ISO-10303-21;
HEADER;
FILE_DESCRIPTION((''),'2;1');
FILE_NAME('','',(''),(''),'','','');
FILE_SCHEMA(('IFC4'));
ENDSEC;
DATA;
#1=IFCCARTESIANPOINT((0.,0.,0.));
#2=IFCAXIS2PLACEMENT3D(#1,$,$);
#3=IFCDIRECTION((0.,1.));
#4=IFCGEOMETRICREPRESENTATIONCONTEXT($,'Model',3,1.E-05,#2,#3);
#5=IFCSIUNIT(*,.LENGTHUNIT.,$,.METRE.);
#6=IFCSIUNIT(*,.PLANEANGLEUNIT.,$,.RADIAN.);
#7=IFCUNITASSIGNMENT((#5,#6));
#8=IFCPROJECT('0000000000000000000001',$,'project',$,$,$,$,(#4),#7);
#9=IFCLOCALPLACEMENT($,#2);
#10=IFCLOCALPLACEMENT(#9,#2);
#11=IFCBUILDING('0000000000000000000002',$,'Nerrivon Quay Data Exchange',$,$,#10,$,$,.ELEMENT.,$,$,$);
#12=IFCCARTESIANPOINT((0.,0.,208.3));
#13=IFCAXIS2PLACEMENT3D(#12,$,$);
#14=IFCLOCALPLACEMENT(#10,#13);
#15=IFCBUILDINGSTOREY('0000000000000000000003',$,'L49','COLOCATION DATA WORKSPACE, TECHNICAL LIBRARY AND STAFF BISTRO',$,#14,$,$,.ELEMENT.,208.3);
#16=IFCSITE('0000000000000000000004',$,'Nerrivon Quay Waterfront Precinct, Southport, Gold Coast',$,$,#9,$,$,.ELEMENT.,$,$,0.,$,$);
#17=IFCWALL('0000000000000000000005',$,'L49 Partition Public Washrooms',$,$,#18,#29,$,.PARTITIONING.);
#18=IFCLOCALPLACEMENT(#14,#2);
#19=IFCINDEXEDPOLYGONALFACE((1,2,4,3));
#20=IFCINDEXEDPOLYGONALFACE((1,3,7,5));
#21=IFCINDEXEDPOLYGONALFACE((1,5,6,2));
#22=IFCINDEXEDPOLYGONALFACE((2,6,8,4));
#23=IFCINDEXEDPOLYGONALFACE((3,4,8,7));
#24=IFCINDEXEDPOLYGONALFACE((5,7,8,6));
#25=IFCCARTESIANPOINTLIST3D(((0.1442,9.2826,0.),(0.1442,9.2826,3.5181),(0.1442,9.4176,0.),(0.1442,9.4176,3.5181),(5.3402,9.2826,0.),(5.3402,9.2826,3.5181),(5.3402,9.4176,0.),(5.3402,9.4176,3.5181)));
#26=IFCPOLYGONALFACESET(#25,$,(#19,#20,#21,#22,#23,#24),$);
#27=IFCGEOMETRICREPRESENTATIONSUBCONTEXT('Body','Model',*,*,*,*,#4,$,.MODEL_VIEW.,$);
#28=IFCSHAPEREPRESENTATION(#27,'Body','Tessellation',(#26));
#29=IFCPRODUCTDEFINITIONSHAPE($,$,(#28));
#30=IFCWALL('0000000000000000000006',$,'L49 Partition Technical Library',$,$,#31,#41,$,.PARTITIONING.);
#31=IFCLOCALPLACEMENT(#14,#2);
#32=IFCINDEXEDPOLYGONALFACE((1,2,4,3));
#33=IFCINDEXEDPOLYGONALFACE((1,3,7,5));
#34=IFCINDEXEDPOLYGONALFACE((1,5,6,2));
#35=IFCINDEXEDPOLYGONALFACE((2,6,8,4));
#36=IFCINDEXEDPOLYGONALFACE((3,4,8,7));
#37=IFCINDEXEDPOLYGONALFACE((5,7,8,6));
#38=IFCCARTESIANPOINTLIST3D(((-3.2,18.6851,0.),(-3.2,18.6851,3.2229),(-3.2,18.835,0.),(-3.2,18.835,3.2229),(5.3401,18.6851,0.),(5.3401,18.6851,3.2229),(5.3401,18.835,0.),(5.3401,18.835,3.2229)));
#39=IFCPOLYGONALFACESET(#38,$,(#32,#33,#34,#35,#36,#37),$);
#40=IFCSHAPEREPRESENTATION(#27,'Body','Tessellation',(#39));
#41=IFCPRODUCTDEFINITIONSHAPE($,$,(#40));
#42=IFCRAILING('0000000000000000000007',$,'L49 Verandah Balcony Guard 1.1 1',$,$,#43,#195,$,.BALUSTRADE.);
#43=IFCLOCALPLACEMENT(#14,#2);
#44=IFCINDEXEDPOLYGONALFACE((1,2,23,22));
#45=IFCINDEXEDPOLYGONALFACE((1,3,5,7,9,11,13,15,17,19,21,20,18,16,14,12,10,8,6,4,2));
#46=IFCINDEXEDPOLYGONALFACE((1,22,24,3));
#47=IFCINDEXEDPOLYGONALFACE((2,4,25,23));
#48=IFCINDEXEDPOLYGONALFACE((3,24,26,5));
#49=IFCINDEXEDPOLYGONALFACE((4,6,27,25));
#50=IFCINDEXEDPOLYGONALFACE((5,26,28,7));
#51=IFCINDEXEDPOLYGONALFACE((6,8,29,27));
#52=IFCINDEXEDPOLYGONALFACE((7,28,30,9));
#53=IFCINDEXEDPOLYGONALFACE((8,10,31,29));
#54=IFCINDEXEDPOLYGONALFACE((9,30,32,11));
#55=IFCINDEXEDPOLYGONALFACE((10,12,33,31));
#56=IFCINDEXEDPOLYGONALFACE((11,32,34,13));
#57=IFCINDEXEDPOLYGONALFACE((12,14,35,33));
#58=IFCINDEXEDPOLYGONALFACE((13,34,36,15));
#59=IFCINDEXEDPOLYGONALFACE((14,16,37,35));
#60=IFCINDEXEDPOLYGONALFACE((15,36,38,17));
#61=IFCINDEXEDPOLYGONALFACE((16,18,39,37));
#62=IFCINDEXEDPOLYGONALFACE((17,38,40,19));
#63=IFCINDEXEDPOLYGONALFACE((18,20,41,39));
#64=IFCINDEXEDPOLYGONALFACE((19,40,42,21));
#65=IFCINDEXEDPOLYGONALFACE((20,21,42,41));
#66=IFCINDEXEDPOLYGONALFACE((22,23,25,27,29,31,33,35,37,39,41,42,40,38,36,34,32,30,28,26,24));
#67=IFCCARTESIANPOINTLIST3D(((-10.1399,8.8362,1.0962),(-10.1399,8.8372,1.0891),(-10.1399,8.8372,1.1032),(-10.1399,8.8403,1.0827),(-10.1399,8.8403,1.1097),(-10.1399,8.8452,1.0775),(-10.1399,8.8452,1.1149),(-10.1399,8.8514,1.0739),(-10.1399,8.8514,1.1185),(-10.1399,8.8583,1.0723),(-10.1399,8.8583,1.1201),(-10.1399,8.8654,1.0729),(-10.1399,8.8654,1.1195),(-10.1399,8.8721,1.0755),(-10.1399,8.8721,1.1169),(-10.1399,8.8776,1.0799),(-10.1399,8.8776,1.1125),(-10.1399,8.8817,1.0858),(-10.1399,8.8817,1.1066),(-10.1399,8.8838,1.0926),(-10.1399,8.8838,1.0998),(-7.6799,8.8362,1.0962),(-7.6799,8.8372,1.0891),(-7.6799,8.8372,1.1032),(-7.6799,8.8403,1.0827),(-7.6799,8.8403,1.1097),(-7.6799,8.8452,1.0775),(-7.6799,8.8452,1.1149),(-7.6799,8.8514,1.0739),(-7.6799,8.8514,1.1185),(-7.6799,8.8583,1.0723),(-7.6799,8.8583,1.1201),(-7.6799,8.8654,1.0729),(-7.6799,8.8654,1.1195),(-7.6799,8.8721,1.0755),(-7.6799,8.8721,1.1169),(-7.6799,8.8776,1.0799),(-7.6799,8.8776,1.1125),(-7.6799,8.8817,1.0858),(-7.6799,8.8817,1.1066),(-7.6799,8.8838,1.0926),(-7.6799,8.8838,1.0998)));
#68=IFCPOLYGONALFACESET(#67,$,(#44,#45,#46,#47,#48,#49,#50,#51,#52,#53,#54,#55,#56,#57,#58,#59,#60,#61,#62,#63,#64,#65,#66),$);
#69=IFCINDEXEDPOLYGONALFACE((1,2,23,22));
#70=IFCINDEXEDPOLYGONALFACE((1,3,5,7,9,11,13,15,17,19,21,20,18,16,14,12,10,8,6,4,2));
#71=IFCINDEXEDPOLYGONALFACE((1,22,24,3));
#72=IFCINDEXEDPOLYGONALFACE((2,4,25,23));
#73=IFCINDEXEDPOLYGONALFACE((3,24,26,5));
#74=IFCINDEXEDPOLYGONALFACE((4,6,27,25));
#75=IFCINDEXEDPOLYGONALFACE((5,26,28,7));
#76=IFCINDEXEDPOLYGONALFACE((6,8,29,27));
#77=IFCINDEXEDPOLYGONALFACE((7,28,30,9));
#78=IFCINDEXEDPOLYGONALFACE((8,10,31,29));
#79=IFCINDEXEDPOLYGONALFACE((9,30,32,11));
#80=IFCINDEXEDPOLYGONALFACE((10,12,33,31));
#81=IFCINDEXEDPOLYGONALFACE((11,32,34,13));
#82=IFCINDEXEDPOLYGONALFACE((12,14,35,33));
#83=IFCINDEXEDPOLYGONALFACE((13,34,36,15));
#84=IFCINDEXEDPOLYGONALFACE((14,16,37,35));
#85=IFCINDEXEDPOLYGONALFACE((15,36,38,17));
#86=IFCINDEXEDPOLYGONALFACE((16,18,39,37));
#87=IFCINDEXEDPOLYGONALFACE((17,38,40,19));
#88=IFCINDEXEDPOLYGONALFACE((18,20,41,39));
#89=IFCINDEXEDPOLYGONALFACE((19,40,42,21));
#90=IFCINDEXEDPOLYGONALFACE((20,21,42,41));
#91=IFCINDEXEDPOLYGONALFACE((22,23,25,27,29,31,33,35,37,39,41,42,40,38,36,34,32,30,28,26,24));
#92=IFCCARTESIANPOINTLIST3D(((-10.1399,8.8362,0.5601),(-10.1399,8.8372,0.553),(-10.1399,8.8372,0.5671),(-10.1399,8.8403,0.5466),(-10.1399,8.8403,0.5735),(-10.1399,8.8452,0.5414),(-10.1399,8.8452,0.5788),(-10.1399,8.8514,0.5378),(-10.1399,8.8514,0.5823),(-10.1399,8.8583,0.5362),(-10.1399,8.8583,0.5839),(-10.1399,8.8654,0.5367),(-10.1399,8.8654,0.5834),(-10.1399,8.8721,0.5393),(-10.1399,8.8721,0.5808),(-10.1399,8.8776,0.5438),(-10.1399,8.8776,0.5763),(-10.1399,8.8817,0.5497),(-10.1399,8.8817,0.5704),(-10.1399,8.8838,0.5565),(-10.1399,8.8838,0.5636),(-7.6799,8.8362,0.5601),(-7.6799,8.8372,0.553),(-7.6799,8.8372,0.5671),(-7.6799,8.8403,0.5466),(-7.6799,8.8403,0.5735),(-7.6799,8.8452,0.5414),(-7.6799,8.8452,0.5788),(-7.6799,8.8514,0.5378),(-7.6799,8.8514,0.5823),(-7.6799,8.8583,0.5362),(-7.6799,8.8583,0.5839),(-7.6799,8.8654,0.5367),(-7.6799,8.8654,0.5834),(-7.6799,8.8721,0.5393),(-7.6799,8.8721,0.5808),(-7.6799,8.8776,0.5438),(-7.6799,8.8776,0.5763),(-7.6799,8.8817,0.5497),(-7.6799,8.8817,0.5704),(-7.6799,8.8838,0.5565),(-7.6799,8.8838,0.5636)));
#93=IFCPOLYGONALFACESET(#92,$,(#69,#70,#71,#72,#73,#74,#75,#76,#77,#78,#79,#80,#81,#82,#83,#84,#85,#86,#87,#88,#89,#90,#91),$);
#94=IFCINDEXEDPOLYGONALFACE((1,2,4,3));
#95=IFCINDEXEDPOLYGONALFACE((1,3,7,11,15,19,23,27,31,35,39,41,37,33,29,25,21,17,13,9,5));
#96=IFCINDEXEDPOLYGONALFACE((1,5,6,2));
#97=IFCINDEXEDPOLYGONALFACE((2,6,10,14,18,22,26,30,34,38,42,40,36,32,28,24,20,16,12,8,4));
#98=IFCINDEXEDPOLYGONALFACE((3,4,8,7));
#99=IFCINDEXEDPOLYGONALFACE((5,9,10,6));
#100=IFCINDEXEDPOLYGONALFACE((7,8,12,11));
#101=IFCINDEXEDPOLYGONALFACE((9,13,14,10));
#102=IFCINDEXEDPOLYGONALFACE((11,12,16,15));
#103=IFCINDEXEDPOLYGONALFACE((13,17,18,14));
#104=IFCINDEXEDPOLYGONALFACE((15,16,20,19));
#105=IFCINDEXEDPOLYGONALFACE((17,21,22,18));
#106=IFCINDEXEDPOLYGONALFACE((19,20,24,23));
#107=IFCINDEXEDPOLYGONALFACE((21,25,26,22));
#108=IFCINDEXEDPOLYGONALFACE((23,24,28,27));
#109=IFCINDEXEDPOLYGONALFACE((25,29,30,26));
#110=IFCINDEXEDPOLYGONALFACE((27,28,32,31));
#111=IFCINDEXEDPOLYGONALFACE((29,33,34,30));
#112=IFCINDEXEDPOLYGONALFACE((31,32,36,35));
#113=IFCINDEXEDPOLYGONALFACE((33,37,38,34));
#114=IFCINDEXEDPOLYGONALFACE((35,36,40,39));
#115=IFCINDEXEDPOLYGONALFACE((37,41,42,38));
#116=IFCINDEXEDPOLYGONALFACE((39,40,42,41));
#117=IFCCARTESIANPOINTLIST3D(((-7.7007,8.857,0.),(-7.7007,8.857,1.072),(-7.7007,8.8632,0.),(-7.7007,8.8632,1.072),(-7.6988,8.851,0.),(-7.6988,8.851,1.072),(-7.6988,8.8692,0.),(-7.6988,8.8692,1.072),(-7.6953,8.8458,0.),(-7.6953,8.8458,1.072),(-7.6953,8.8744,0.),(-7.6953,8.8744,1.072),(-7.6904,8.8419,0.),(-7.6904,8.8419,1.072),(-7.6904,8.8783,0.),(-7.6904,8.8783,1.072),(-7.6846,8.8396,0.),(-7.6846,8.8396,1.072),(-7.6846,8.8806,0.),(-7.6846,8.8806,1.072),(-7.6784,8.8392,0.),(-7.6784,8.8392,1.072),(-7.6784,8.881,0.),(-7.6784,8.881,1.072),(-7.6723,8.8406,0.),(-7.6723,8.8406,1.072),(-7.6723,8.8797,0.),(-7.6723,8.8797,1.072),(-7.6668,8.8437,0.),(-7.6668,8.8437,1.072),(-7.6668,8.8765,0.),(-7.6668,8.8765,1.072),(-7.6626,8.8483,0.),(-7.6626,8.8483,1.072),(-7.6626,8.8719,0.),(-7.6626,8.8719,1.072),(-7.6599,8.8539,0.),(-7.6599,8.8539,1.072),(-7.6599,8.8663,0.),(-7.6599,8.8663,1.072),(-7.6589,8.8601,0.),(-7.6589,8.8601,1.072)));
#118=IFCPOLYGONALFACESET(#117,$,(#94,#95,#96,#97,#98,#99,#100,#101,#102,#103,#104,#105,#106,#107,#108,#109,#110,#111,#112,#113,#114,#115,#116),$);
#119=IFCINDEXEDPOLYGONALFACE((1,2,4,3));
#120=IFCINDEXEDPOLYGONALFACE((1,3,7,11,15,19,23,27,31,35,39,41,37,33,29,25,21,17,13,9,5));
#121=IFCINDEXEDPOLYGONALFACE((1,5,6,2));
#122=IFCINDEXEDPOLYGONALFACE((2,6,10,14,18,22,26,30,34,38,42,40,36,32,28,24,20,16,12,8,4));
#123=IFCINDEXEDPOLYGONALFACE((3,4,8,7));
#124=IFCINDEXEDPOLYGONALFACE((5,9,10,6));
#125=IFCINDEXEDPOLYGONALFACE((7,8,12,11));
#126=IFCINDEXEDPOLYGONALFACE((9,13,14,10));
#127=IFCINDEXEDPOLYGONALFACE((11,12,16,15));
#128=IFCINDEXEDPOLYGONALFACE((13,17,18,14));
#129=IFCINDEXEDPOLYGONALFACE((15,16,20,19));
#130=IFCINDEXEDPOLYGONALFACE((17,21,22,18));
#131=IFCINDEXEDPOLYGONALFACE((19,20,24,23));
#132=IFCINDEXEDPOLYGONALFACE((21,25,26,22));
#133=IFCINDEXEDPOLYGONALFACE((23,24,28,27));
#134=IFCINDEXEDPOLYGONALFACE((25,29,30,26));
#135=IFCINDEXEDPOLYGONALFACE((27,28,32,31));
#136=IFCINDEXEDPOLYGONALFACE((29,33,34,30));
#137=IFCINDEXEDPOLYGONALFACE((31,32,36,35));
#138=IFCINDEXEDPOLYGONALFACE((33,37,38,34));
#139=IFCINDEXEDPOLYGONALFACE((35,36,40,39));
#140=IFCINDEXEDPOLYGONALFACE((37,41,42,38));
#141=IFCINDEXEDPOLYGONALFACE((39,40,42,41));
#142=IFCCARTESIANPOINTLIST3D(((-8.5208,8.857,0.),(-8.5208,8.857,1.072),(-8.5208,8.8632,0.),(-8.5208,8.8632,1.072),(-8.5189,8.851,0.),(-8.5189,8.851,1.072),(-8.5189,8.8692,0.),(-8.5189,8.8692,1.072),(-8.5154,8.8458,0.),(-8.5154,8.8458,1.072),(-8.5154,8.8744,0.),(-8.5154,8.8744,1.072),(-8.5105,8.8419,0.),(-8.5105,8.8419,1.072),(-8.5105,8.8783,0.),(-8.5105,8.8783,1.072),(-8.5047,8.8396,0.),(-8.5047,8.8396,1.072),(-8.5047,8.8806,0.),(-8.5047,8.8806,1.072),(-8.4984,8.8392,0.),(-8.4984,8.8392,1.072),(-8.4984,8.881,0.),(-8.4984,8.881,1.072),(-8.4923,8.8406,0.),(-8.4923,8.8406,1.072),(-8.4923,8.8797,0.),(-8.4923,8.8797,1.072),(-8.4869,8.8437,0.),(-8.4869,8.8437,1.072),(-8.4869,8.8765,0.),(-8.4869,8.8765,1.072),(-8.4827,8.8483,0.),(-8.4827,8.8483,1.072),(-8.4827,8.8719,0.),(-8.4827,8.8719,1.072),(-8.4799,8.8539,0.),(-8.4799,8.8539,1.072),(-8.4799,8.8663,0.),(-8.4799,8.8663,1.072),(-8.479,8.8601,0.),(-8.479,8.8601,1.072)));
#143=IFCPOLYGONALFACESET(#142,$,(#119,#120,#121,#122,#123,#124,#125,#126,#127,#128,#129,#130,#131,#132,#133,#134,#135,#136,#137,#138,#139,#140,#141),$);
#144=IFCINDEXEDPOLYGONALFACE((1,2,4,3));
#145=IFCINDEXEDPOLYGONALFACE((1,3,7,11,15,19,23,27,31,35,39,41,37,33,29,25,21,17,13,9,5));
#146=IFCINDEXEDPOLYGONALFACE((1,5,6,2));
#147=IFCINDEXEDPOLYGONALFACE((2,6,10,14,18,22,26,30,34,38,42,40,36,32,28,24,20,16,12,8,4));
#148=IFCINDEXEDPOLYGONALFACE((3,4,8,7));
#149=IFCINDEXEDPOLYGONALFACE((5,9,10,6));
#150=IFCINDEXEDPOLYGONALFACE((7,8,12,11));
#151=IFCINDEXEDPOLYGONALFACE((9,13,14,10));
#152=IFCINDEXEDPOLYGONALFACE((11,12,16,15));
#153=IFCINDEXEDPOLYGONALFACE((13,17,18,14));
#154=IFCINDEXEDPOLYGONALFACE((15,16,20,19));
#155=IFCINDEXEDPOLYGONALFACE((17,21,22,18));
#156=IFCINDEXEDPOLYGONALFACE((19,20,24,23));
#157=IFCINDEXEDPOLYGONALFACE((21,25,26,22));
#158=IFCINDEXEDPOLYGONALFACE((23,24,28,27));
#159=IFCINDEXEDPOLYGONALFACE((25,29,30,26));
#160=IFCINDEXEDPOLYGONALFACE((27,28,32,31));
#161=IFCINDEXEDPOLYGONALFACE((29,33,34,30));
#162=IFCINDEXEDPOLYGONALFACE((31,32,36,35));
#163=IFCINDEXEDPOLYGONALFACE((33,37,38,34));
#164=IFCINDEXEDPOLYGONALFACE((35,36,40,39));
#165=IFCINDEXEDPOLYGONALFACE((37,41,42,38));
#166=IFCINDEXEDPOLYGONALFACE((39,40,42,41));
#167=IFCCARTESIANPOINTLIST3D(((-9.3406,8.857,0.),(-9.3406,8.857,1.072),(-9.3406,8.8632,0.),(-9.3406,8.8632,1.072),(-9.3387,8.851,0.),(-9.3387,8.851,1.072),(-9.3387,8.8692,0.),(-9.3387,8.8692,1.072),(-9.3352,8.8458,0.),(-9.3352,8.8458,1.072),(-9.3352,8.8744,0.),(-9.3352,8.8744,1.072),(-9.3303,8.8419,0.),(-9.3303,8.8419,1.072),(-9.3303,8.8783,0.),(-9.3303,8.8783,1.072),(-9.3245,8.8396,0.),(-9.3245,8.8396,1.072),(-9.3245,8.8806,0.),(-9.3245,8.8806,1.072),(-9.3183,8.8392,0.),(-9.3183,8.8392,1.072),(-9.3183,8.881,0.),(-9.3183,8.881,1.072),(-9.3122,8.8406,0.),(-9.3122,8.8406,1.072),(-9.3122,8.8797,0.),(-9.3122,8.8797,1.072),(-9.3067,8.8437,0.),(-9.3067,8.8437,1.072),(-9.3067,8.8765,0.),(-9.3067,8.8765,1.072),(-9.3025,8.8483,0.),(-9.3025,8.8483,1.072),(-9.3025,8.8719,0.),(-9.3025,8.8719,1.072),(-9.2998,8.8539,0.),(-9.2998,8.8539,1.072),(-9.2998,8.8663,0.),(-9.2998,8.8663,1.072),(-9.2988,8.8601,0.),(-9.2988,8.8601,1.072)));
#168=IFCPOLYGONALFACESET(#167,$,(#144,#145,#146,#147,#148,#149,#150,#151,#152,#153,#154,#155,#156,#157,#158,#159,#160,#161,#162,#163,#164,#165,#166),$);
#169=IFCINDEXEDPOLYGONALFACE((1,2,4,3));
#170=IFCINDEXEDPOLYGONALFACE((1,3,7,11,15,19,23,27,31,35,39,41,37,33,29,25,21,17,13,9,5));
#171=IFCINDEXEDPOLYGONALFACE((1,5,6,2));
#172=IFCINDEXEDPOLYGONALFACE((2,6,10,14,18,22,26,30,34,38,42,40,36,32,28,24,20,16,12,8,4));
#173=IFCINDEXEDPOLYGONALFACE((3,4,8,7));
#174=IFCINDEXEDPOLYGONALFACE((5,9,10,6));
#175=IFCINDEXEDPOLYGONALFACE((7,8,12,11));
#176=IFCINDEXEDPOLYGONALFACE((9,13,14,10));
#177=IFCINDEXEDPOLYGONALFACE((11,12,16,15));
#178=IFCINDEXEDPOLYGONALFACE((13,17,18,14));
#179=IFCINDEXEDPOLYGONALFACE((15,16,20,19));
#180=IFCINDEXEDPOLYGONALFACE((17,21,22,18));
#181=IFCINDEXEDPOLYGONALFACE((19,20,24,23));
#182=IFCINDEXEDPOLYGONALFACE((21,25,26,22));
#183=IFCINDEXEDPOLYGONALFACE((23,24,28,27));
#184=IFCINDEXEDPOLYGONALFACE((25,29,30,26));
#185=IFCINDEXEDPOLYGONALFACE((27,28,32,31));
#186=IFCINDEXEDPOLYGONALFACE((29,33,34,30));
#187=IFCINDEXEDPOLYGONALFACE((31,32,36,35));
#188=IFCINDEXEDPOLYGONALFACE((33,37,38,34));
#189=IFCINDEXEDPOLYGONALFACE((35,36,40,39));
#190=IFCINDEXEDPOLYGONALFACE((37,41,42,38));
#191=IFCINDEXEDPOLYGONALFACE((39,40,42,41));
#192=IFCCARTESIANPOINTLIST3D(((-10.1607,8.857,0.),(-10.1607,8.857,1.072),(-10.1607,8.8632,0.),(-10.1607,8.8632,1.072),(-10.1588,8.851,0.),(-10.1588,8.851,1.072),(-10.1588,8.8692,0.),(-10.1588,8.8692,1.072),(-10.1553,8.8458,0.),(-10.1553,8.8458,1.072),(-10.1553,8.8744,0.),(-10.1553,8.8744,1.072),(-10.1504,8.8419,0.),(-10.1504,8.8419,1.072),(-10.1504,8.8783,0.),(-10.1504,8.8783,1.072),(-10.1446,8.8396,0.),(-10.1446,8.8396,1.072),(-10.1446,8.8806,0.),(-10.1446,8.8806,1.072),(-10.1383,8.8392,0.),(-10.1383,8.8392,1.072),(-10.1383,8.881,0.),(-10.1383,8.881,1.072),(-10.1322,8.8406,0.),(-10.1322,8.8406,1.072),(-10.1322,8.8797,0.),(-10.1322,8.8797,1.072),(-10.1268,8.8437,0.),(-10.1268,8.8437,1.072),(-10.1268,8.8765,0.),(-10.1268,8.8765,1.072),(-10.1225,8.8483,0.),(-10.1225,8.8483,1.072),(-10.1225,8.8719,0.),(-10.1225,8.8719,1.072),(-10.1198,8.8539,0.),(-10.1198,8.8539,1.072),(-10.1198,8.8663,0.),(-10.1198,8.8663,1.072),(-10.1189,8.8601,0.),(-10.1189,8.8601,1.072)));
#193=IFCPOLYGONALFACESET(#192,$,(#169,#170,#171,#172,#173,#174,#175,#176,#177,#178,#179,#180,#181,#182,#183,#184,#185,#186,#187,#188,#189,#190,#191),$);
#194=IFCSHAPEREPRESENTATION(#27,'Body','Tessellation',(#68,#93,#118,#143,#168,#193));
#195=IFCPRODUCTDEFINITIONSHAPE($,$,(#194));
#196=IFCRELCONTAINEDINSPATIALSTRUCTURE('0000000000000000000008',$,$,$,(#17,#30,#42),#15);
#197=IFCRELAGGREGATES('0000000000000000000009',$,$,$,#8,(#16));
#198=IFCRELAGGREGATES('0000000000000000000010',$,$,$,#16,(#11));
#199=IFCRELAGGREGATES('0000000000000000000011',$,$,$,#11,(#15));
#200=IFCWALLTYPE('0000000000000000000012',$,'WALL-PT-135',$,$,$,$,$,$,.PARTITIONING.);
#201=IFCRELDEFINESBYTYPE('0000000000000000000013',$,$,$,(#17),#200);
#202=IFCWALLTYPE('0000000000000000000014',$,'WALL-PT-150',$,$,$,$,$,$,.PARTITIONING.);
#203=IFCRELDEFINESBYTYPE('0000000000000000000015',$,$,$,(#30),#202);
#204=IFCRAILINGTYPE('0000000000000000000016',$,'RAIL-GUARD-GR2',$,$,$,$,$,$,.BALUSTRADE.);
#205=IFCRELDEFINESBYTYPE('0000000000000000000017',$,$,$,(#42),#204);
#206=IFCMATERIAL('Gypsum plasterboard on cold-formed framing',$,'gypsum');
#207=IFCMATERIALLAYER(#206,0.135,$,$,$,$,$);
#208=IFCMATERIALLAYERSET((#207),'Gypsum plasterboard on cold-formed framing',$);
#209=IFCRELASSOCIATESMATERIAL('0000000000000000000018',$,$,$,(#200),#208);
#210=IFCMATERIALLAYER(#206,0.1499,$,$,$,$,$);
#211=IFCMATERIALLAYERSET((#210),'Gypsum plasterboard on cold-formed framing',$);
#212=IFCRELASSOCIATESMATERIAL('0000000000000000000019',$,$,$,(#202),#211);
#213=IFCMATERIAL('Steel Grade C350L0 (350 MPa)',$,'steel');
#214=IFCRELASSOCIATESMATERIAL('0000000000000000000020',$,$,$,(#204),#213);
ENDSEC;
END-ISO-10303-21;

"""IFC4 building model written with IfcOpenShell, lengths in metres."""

from ifc_helpers import new_model, si_unit, direction, frame, frame_2d, origin, origin_2d, place, context, subcontext, project, spatial, rectangle, circle, extrude, material, layer, layer_set, type_object, element, save


model = new_model("IFC4")

# Units and contexts
model_context = context("Model", 3, precision=1e-05, world=origin(), true_north=direction((0.0, 1.0)))
body_context = subcontext(model_context, "Body", "Model", "MODEL_VIEW")
ifc_project = project(units=[si_unit("LENGTHUNIT", "METRE"), si_unit("PLANEANGLEUNIT", "RADIAN")], contexts=[model_context])

# Site, building, storey
site_placement = place(None, origin())
site = spatial("IfcSite", under=ifc_project, at=site_placement, Name="Nerrivon Quay Waterfront Precinct, Southport, Gold Coast", CompositionType="ELEMENT", RefElevation=0.0)
building_placement = place(site_placement, origin())
building = spatial("IfcBuilding", under=site, at=building_placement, Name="Nerrivon Quay Data Exchange", CompositionType="ELEMENT")
storey_placement = place(building_placement, frame((0.0, 0.0, 208.3)))
storey = spatial("IfcBuildingStorey", under=building, at=storey_placement, Name="L49", Description="COLOCATION DATA WORKSPACE, TECHNICAL LIBRARY AND STAFF BISTRO", CompositionType="ELEMENT", Elevation=208.3)

# Walls
ifc_material_1 = material(Name="Gypsum plasterboard on cold-formed framing", Category="gypsum")
ifc_layer_1 = layer(ifc_material_1, 0.135)
ifc_layer_set_1 = layer_set([ifc_layer_1], Name="Gypsum plasterboard on cold-formed framing")
wall_type_1 = type_object("IfcWallType", Name="WALL-PT-135", PredefinedType="PARTITIONING", material=ifc_layer_set_1)
wall_1_placement = place(storey_placement, frame((0.144, 9.3501, 0.0), z_axis=(0.0, 0.0, 1.0), x_axis=(1.0, 0.0, 0.0)))
element("IfcWall", 1, at=wall_1_placement, inside=storey, type_object=wall_type_1, Name="L49 Partition Public Washrooms", PredefinedType="PARTITIONING", context=body_context, shape_type="SweptSolid", body=[
    extrude(rectangle(XDim=5.196, YDim=0.135, at=frame_2d((2.5981, 0.0))), origin(), (0.0, 0.0, 1.0), 3.5181),
])
ifc_layer_2 = layer(ifc_material_1, 0.1499)
ifc_layer_set_2 = layer_set([ifc_layer_2], Name="Gypsum plasterboard on cold-formed framing")
wall_type_2 = type_object("IfcWallType", Name="WALL-PT-150", PredefinedType="PARTITIONING", material=ifc_layer_set_2)
wall_2_placement = place(storey_placement, frame((-3.2, 18.76, 0.0), z_axis=(0.0, 0.0, 1.0), x_axis=(1.0, 0.0, 0.0)))
element("IfcWall", 2, at=wall_2_placement, inside=storey, type_object=wall_type_2, Name="L49 Partition Technical Library", PredefinedType="PARTITIONING", context=body_context, shape_type="SweptSolid", body=[
    extrude(rectangle(XDim=8.54, YDim=0.1499, at=frame_2d((4.27, 0.0))), origin(), (0.0, 0.0, 1.0), 3.2229),
])

# Railing
ifc_material_2 = material(Name="Steel Grade C350L0 (350 MPa)", Category="steel")
railing_type = type_object("IfcRailingType", Name="RAIL-GUARD-GR2", PredefinedType="BALUSTRADE", material=ifc_material_2)
railing_1_placement = place(storey_placement, frame((-7.6799, 8.8601, 0.0)))
element("IfcRailing", 3, at=railing_1_placement, inside=storey, type_object=railing_type, Name="L49 Verandah Balcony Guard 1.1 1", PredefinedType="BALUSTRADE", context=body_context, shape_type="SweptSolid", body=[
    extrude(circle(Radius=0.0239, at=origin_2d()), frame((0.0, 0.0, 1.0962), z_axis=(-1.0, 0.0, 0.0), x_axis=(0.0, -1.0, 0.0)), (0.0, 0.0, 1.0), 2.46),
    extrude(circle(Radius=0.0239, at=origin_2d()), frame((0.0, 0.0, 0.5601), z_axis=(-1.0, 0.0, 0.0), x_axis=(0.0, -1.0, 0.0)), (0.0, 0.0, 1.0), 2.46),
    extrude(circle(Radius=0.021, at=origin_2d()), origin(), (0.0, 0.0, 1.0), 1.072),
    extrude(circle(Radius=0.021, at=origin_2d()), frame((-0.8201, 0.0, 0.0)), (0.0, 0.0, 1.0), 1.072),
    extrude(circle(Radius=0.021, at=origin_2d()), frame((-1.6399, 0.0, 0.0)), (0.0, 0.0, 1.0), 1.072),
    extrude(circle(Radius=0.021, at=origin_2d()), frame((-2.46, 0.0, 0.0)), (0.0, 0.0, 1.0), 1.072),
])

save(model, "model.ifc")
